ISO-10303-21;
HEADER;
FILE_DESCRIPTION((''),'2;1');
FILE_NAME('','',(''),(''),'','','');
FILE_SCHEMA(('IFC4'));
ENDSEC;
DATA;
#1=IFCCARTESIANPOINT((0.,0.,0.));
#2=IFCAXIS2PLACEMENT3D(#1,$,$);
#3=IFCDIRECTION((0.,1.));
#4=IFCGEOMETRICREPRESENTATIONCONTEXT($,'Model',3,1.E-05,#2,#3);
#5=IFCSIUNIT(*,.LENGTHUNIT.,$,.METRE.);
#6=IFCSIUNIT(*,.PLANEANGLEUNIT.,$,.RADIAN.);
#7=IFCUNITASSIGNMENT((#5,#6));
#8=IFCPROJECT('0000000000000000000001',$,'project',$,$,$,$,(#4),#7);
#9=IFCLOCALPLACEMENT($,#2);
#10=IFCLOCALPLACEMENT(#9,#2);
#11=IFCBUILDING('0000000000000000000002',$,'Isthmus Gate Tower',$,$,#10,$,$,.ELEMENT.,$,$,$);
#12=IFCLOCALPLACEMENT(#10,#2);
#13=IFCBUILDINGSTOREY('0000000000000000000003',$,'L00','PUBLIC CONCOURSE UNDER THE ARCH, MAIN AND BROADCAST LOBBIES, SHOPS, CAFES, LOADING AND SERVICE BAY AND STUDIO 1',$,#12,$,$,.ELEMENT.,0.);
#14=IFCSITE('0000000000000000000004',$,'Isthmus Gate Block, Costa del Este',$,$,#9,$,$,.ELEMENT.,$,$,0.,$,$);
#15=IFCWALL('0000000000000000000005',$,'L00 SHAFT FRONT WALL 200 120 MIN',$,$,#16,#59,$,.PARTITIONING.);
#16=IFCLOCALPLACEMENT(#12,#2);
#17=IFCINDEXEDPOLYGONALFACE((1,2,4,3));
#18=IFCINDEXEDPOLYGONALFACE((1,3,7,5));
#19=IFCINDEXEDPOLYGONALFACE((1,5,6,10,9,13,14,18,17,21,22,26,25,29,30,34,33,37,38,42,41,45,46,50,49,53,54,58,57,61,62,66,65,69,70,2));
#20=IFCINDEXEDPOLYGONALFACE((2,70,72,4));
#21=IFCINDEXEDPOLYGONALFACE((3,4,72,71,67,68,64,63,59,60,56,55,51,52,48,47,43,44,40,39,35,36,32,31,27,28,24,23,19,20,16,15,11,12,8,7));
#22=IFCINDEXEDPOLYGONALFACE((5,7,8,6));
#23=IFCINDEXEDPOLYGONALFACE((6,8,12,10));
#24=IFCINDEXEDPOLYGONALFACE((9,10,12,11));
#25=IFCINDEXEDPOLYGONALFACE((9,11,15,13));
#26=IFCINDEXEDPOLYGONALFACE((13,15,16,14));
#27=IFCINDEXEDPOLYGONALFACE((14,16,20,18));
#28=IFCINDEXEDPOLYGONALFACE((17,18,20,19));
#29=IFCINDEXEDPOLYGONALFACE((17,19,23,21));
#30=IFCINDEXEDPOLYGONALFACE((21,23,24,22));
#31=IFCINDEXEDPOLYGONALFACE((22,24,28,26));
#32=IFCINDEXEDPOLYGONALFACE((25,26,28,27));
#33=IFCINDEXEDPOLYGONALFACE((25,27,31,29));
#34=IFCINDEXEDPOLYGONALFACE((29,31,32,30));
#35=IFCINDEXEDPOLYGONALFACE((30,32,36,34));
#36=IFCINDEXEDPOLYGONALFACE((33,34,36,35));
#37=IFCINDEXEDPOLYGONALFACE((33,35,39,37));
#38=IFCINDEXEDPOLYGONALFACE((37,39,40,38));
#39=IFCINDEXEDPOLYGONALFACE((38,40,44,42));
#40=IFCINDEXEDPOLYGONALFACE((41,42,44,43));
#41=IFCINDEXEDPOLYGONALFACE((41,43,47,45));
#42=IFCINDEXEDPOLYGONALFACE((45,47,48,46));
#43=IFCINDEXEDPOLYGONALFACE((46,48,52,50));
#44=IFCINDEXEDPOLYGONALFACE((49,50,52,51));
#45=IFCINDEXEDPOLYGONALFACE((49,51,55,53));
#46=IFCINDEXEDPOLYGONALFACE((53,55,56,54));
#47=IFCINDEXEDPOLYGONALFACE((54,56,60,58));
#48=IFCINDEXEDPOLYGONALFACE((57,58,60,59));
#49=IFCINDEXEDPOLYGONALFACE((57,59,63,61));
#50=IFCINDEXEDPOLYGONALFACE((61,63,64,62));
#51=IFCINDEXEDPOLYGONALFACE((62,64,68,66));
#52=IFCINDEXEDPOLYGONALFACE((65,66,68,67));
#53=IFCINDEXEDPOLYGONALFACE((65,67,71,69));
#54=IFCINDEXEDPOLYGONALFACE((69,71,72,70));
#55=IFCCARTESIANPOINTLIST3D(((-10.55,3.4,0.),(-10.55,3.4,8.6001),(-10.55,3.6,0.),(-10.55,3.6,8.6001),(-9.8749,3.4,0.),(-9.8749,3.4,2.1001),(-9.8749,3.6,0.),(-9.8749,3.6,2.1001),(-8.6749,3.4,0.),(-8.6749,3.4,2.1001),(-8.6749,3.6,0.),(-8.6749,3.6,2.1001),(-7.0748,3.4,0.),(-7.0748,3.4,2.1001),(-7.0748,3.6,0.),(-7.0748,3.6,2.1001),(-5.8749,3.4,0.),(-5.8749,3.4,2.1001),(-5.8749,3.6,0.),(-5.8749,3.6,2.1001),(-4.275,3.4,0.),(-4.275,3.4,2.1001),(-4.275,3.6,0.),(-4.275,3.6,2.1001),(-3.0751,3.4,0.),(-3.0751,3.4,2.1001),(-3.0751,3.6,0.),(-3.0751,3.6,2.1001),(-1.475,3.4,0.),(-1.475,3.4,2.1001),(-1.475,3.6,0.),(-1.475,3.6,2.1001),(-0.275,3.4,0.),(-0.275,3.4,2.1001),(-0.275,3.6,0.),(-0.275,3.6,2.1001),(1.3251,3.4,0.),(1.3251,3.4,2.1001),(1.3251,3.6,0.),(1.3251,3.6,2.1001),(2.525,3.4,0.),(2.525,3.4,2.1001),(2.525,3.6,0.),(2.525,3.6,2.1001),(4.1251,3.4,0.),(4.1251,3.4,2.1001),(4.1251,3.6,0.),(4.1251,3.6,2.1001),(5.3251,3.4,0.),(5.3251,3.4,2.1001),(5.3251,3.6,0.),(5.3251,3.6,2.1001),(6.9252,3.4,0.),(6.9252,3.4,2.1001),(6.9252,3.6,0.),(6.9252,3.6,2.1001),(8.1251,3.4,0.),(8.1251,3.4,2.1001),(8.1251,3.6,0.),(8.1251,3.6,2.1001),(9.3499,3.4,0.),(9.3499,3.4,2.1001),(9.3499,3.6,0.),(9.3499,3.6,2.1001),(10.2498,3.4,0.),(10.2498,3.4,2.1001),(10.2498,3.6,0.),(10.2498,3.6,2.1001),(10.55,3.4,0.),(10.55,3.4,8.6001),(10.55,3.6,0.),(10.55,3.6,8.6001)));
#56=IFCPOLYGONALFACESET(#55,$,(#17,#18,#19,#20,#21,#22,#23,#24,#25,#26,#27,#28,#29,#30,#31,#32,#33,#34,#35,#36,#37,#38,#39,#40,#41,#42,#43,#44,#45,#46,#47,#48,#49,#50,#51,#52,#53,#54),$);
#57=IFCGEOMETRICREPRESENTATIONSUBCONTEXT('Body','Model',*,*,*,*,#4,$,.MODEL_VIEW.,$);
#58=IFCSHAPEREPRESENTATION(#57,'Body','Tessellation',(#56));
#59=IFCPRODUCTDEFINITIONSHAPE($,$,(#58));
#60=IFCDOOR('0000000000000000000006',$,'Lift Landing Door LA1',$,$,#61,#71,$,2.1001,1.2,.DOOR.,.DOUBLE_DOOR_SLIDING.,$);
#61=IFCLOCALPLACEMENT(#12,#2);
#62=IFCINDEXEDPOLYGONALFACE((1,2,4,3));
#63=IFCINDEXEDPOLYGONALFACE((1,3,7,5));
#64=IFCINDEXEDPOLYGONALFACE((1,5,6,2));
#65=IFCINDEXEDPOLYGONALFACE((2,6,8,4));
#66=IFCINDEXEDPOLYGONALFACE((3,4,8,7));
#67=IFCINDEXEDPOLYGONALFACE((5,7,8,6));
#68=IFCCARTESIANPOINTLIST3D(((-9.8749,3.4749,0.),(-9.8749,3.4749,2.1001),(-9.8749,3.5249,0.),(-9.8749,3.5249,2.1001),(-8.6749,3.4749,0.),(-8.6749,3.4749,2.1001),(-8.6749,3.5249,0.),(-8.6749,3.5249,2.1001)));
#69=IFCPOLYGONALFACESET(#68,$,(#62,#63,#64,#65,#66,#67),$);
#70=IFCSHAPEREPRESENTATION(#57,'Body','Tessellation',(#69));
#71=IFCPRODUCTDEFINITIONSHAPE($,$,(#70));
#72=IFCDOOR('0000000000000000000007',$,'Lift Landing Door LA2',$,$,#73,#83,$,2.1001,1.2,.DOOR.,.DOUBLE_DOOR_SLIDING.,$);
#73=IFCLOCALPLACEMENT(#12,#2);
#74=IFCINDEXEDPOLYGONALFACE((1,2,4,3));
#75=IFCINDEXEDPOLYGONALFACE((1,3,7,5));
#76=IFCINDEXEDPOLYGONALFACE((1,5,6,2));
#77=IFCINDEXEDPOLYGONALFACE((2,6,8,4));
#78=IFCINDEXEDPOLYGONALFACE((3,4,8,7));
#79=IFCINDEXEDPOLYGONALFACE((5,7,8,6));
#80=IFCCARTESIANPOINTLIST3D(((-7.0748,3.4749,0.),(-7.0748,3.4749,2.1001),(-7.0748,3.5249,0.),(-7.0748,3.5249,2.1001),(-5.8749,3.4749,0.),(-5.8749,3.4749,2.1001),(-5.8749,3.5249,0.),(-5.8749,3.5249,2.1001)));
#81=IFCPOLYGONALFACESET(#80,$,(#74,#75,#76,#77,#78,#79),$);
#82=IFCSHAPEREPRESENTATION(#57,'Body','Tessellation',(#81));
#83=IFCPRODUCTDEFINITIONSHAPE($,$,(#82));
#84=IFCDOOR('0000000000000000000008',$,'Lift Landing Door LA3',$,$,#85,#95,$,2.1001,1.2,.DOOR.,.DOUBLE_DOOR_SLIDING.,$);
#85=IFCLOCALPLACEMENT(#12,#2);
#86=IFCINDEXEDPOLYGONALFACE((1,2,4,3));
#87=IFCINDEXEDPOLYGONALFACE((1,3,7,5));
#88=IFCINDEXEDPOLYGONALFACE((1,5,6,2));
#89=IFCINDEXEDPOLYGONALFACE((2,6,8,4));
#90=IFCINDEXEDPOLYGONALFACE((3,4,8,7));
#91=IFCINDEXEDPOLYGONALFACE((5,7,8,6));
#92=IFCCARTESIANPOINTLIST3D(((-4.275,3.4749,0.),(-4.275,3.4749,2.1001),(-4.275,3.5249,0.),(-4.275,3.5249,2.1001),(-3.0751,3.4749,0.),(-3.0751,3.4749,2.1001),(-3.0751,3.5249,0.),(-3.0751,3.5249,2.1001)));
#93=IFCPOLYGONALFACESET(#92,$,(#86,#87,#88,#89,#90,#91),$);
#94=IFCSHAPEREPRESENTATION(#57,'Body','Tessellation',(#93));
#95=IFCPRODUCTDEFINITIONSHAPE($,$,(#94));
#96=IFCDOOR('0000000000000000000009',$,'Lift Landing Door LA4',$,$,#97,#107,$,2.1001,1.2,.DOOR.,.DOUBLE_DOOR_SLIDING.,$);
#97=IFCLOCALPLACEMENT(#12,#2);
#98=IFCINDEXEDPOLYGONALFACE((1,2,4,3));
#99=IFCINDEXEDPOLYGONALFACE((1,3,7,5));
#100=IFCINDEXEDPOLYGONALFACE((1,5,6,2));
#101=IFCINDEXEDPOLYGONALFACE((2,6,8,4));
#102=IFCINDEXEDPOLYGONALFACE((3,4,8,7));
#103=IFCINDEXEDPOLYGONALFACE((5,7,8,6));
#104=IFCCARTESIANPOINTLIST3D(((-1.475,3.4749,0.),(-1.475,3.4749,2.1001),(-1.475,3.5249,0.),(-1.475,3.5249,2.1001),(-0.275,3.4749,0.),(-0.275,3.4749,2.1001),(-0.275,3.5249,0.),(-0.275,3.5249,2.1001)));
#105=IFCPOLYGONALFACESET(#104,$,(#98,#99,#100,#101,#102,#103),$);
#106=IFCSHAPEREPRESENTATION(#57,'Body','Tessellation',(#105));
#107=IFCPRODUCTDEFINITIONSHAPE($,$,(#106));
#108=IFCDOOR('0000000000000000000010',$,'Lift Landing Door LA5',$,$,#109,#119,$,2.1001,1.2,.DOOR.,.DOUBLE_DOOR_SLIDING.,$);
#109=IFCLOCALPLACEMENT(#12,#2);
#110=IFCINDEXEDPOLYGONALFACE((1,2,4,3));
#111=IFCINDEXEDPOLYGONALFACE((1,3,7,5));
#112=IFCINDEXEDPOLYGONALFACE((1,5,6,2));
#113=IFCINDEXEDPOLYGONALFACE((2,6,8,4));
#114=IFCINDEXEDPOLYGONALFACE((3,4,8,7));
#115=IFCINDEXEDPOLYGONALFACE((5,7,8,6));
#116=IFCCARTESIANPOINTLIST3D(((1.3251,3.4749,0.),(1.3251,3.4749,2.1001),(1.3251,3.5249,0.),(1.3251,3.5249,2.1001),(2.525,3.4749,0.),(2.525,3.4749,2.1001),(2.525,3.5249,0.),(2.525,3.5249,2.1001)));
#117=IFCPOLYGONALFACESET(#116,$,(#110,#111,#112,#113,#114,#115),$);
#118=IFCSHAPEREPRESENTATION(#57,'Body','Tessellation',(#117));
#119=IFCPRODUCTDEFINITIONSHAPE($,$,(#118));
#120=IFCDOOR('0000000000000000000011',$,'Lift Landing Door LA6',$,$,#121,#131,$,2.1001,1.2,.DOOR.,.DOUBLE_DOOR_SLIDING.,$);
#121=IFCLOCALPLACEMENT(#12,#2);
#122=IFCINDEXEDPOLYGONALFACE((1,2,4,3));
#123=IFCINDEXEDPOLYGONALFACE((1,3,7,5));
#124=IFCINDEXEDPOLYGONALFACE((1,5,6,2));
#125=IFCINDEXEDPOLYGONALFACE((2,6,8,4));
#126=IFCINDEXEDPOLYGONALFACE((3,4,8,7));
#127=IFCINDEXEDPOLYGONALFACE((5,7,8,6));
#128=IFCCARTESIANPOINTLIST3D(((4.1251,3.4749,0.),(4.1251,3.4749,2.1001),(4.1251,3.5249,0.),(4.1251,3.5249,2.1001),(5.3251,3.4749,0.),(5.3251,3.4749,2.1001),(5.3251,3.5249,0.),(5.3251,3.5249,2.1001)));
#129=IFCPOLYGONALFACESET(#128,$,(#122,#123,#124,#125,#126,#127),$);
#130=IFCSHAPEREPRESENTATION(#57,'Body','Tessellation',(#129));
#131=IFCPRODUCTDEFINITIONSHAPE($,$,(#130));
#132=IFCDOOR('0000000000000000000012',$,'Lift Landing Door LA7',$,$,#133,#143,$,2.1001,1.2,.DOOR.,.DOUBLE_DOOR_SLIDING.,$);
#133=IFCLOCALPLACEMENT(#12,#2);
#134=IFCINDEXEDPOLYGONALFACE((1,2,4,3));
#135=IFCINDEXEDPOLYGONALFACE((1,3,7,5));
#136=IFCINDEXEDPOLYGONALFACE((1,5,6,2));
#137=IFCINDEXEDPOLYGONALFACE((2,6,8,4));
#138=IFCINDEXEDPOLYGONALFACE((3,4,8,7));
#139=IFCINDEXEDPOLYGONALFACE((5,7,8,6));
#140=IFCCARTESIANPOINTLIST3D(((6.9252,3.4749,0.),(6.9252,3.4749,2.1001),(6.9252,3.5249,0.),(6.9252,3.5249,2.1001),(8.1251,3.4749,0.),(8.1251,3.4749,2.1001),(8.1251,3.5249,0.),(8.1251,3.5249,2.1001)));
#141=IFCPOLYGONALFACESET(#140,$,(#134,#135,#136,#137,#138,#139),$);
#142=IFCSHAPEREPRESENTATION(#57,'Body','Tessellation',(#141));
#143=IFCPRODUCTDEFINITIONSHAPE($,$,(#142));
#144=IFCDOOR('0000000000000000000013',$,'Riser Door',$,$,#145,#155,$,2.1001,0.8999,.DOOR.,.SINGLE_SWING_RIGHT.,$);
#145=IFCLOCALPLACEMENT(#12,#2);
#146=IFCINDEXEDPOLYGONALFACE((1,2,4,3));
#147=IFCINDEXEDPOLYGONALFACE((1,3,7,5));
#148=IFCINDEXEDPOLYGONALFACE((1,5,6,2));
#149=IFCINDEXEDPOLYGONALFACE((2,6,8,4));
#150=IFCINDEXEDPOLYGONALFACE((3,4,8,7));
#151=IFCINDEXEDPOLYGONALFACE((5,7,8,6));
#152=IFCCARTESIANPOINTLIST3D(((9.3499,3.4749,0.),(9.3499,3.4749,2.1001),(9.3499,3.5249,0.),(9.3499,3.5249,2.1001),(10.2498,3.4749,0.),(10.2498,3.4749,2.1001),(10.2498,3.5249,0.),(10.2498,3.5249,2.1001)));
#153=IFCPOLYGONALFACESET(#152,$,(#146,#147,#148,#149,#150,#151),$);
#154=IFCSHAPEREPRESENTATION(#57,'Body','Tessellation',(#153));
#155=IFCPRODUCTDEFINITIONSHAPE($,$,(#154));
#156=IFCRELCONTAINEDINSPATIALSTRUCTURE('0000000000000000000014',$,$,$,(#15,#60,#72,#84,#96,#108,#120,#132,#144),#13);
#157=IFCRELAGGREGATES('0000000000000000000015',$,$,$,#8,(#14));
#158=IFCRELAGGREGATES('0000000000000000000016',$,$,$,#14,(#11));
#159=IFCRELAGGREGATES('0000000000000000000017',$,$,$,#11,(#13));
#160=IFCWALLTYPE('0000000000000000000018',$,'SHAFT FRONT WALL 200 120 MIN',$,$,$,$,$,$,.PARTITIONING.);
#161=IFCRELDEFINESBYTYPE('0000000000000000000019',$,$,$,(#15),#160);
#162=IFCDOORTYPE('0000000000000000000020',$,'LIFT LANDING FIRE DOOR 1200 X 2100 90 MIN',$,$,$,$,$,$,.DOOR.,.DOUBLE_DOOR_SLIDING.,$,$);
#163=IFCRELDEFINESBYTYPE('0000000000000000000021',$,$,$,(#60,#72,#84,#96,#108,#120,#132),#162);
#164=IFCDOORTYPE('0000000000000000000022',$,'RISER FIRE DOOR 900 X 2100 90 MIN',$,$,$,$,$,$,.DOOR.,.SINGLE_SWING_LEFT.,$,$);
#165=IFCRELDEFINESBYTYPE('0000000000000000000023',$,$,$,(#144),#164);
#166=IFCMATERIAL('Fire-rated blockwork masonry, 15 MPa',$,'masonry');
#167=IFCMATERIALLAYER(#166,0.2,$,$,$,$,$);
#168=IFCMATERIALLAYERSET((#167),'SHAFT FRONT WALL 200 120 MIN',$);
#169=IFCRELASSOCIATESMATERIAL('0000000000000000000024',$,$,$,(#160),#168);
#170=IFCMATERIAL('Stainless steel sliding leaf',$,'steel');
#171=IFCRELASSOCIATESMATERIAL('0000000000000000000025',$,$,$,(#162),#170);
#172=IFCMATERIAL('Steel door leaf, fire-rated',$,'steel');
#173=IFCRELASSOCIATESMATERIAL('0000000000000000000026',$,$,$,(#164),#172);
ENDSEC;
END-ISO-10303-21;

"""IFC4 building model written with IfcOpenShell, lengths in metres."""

from ifc_helpers import new_model, si_unit, direction, frame, frame_2d, origin, place, context, subcontext, project, spatial, rectangle, extrude, material, layer, layer_set, type_object, element, fill, save


model = new_model("IFC4")

# Units and contexts
model_context = context("Model", 3, precision=1e-05, world=origin(), true_north=direction((0.0, 1.0)))
body_context = subcontext(model_context, "Body", "Model", "MODEL_VIEW")
ifc_project = project(units=[si_unit("LENGTHUNIT", "METRE"), si_unit("PLANEANGLEUNIT", "RADIAN")], contexts=[model_context])

# Site, building, storey
site_placement = place(None, origin())
site = spatial("IfcSite", under=ifc_project, at=site_placement, Name="Isthmus Gate Block, Costa del Este", CompositionType="ELEMENT", RefElevation=0.0)
building_placement = place(site_placement, origin())
building = spatial("IfcBuilding", under=site, at=building_placement, Name="Isthmus Gate Tower", CompositionType="ELEMENT")
storey_placement = place(building_placement, origin())
storey = spatial("IfcBuildingStorey", under=building, at=storey_placement, Name="L00", Description="PUBLIC CONCOURSE UNDER THE ARCH, MAIN AND BROADCAST LOBBIES, SHOPS, CAFES, LOADING AND SERVICE BAY AND STUDIO 1", CompositionType="ELEMENT", Elevation=0.0)

# Wall, openings, doors
ifc_material_1 = material(Name="Fire-rated blockwork masonry, 15 MPa", Category="masonry")
ifc_layer_1 = layer(ifc_material_1, 0.2)
ifc_layer_set_1 = layer_set([ifc_layer_1], Name="SHAFT FRONT WALL 200 120 MIN")
wall_type_1 = type_object("IfcWallType", Name="SHAFT FRONT WALL 200 120 MIN", PredefinedType="PARTITIONING", material=ifc_layer_set_1)
wall_1_placement = place(storey_placement, frame((-10.55, 3.5, 0.0), z_axis=(0.0, 0.0, 1.0), x_axis=(1.0, 0.0, 0.0)))
wall_1 = element("IfcWall", 1, at=wall_1_placement, inside=storey, type_object=wall_type_1, Name="L00 SHAFT FRONT WALL 200 120 MIN", PredefinedType="PARTITIONING", context=body_context, shape_type="SweptSolid", body=[
    extrude(rectangle(XDim=21.1001, YDim=0.2, at=frame_2d((10.55, 0.0))), origin(), (0.0, 0.0, 1.0), 8.6001),
])
opening_1_placement = place(wall_1_placement, frame((0.675, 0.0, 0.0)))
opening_1 = element("IfcOpeningElement", 2, at=opening_1_placement, cuts=wall_1, PredefinedType="OPENING", context=body_context, shape_type="SweptSolid", body=[
    extrude(rectangle(XDim=1.2, YDim=2.1001, at=frame_2d((0.6001, 1.05))), frame((0.0, 0.1099, 0.0), z_axis=(0.0, -1.0, 0.0), x_axis=(1.0, 0.0, 0.0)), (0.0, 0.0, 1.0), 0.22),
])
opening_2_placement = place(wall_1_placement, frame((3.4751, 0.0, 0.0)))
opening_2 = element("IfcOpeningElement", 3, at=opening_2_placement, cuts=wall_1, PredefinedType="OPENING", context=body_context, shape_type="SweptSolid", body=[
    extrude(rectangle(XDim=1.2, YDim=2.1001, at=frame_2d((0.6001, 1.05))), frame((0.0, 0.1099, 0.0), z_axis=(0.0, -1.0, 0.0), x_axis=(1.0, 0.0, 0.0)), (0.0, 0.0, 1.0), 0.22),
])
opening_3_placement = place(wall_1_placement, frame((6.2749, 0.0, 0.0)))
opening_3 = element("IfcOpeningElement", 4, at=opening_3_placement, cuts=wall_1, PredefinedType="OPENING", context=body_context, shape_type="SweptSolid", body=[
    extrude(rectangle(XDim=1.2, YDim=2.1001, at=frame_2d((0.6001, 1.05))), frame((0.0, 0.1099, 0.0), z_axis=(0.0, -1.0, 0.0), x_axis=(1.0, 0.0, 0.0)), (0.0, 0.0, 1.0), 0.22),
])
opening_4_placement = place(wall_1_placement, frame((9.075, 0.0, 0.0)))
opening_4 = element("IfcOpeningElement", 5, at=opening_4_placement, cuts=wall_1, PredefinedType="OPENING", context=body_context, shape_type="SweptSolid", body=[
    extrude(rectangle(XDim=1.2, YDim=2.1001, at=frame_2d((0.6001, 1.05))), frame((0.0, 0.1099, 0.0), z_axis=(0.0, -1.0, 0.0), x_axis=(1.0, 0.0, 0.0)), (0.0, 0.0, 1.0), 0.22),
])
opening_5_placement = place(wall_1_placement, frame((11.875, 0.0, 0.0)))
opening_5 = element("IfcOpeningElement", 6, at=opening_5_placement, cuts=wall_1, PredefinedType="OPENING", context=body_context, shape_type="SweptSolid", body=[
    extrude(rectangle(XDim=1.2, YDim=2.1001, at=frame_2d((0.6001, 1.05))), frame((0.0, 0.1099, 0.0), z_axis=(0.0, -1.0, 0.0), x_axis=(1.0, 0.0, 0.0)), (0.0, 0.0, 1.0), 0.22),
])
opening_6_placement = place(wall_1_placement, frame((14.675, 0.0, 0.0)))
opening_6 = element("IfcOpeningElement", 7, at=opening_6_placement, cuts=wall_1, PredefinedType="OPENING", context=body_context, shape_type="SweptSolid", body=[
    extrude(rectangle(XDim=1.2, YDim=2.1001, at=frame_2d((0.6001, 1.05))), frame((0.0, 0.1099, 0.0), z_axis=(0.0, -1.0, 0.0), x_axis=(1.0, 0.0, 0.0)), (0.0, 0.0, 1.0), 0.22),
])
opening_7_placement = place(wall_1_placement, frame((17.4751, 0.0, 0.0)))
opening_7 = element("IfcOpeningElement", 8, at=opening_7_placement, cuts=wall_1, PredefinedType="OPENING", context=body_context, shape_type="SweptSolid", body=[
    extrude(rectangle(XDim=1.2, YDim=2.1001, at=frame_2d((0.6001, 1.05))), frame((0.0, 0.1099, 0.0), z_axis=(0.0, -1.0, 0.0), x_axis=(1.0, 0.0, 0.0)), (0.0, 0.0, 1.0), 0.22),
])
opening_8_placement = place(wall_1_placement, frame((19.8999, 0.0, 0.0)))
opening_8 = element("IfcOpeningElement", 9, at=opening_8_placement, cuts=wall_1, PredefinedType="OPENING", context=body_context, shape_type="SweptSolid", body=[
    extrude(rectangle(XDim=0.8999, YDim=2.1001, at=frame_2d((0.45, 1.05))), frame((0.0, 0.1099, 0.0), z_axis=(0.0, -1.0, 0.0), x_axis=(1.0, 0.0, 0.0)), (0.0, 0.0, 1.0), 0.22),
])
ifc_material_2 = material(Name="Stainless steel sliding leaf", Category="steel")
door_type_1 = type_object("IfcDoorType", Name="LIFT LANDING FIRE DOOR 1200 X 2100 90 MIN", OperationType="DOUBLE_DOOR_SLIDING", PredefinedType="DOOR", material=ifc_material_2)
door_1_placement = place(opening_1_placement, origin())
door_1 = element("IfcDoor", 10, at=door_1_placement, inside=storey, type_object=door_type_1, Name="Lift Landing Door LA1", OperationType="DOUBLE_DOOR_SLIDING", OverallHeight=2.1001, OverallWidth=1.2, PredefinedType="DOOR", context=body_context, shape_type="SweptSolid", body=[
    extrude(rectangle(XDim=1.2, YDim=2.1001, at=frame_2d((0.6001, 1.05))), frame((0.0, 0.0249, 0.0), z_axis=(0.0, -1.0, 0.0), x_axis=(1.0, 0.0, 0.0)), (0.0, 0.0, 1.0), 0.05),
])
fill(opening_1, door_1)
door_2_placement = place(opening_2_placement, origin())
door_2 = element("IfcDoor", 11, at=door_2_placement, inside=storey, type_object=door_type_1, Name="Lift Landing Door LA2", OperationType="DOUBLE_DOOR_SLIDING", OverallHeight=2.1001, OverallWidth=1.2, PredefinedType="DOOR", context=body_context, shape_type="SweptSolid", body=[
    extrude(rectangle(XDim=1.2, YDim=2.1001, at=frame_2d((0.6001, 1.05))), frame((0.0, 0.0249, 0.0), z_axis=(0.0, -1.0, 0.0), x_axis=(1.0, 0.0, 0.0)), (0.0, 0.0, 1.0), 0.05),
])
fill(opening_2, door_2)
door_3_placement = place(opening_3_placement, origin())
door_3 = element("IfcDoor", 12, at=door_3_placement, inside=storey, type_object=door_type_1, Name="Lift Landing Door LA3", OperationType="DOUBLE_DOOR_SLIDING", OverallHeight=2.1001, OverallWidth=1.2, PredefinedType="DOOR", context=body_context, shape_type="SweptSolid", body=[
    extrude(rectangle(XDim=1.2, YDim=2.1001, at=frame_2d((0.6001, 1.05))), frame((0.0, 0.0249, 0.0), z_axis=(0.0, -1.0, 0.0), x_axis=(1.0, 0.0, 0.0)), (0.0, 0.0, 1.0), 0.05),
])
fill(opening_3, door_3)
door_4_placement = place(opening_4_placement, origin())
door_4 = element("IfcDoor", 13, at=door_4_placement, inside=storey, type_object=door_type_1, Name="Lift Landing Door LA4", OperationType="DOUBLE_DOOR_SLIDING", OverallHeight=2.1001, OverallWidth=1.2, PredefinedType="DOOR", context=body_context, shape_type="SweptSolid", body=[
    extrude(rectangle(XDim=1.2, YDim=2.1001, at=frame_2d((0.6001, 1.05))), frame((0.0, 0.0249, 0.0), z_axis=(0.0, -1.0, 0.0), x_axis=(1.0, 0.0, 0.0)), (0.0, 0.0, 1.0), 0.05),
])
fill(opening_4, door_4)
door_5_placement = place(opening_5_placement, origin())
door_5 = element("IfcDoor", 14, at=door_5_placement, inside=storey, type_object=door_type_1, Name="Lift Landing Door LA5", OperationType="DOUBLE_DOOR_SLIDING", OverallHeight=2.1001, OverallWidth=1.2, PredefinedType="DOOR", context=body_context, shape_type="SweptSolid", body=[
    extrude(rectangle(XDim=1.2, YDim=2.1001, at=frame_2d((0.6001, 1.05))), frame((0.0, 0.0249, 0.0), z_axis=(0.0, -1.0, 0.0), x_axis=(1.0, 0.0, 0.0)), (0.0, 0.0, 1.0), 0.05),
])
fill(opening_5, door_5)
door_6_placement = place(opening_6_placement, origin())
door_6 = element("IfcDoor", 15, at=door_6_placement, inside=storey, type_object=door_type_1, Name="Lift Landing Door LA6", OperationType="DOUBLE_DOOR_SLIDING", OverallHeight=2.1001, OverallWidth=1.2, PredefinedType="DOOR", context=body_context, shape_type="SweptSolid", body=[
    extrude(rectangle(XDim=1.2, YDim=2.1001, at=frame_2d((0.6001, 1.05))), frame((0.0, 0.0249, 0.0), z_axis=(0.0, -1.0, 0.0), x_axis=(1.0, 0.0, 0.0)), (0.0, 0.0, 1.0), 0.05),
])
fill(opening_6, door_6)
door_7_placement = place(opening_7_placement, origin())
door_7 = element("IfcDoor", 16, at=door_7_placement, inside=storey, type_object=door_type_1, Name="Lift Landing Door LA7", OperationType="DOUBLE_DOOR_SLIDING", OverallHeight=2.1001, OverallWidth=1.2, PredefinedType="DOOR", context=body_context, shape_type="SweptSolid", body=[
    extrude(rectangle(XDim=1.2, YDim=2.1001, at=frame_2d((0.6001, 1.05))), frame((0.0, 0.0249, 0.0), z_axis=(0.0, -1.0, 0.0), x_axis=(1.0, 0.0, 0.0)), (0.0, 0.0, 1.0), 0.05),
])
fill(opening_7, door_7)
ifc_material_3 = material(Name="Steel door leaf, fire-rated", Category="steel")
door_type_2 = type_object("IfcDoorType", Name="RISER FIRE DOOR 900 X 2100 90 MIN", OperationType="SINGLE_SWING_LEFT", PredefinedType="DOOR", material=ifc_material_3)
door_8_placement = place(opening_8_placement, origin())
door_8 = element("IfcDoor", 17, at=door_8_placement, inside=storey, type_object=door_type_2, Name="Riser Door", OperationType="SINGLE_SWING_RIGHT", OverallHeight=2.1001, OverallWidth=0.8999, PredefinedType="DOOR", context=body_context, shape_type="SweptSolid", body=[
    extrude(rectangle(XDim=0.8999, YDim=2.1001, at=frame_2d((0.45, 1.05))), frame((0.0, 0.0249, 0.0), z_axis=(0.0, -1.0, 0.0), x_axis=(1.0, 0.0, 0.0)), (0.0, 0.0, 1.0), 0.05),
])
fill(opening_8, door_8)

save(model, "model.ifc")
